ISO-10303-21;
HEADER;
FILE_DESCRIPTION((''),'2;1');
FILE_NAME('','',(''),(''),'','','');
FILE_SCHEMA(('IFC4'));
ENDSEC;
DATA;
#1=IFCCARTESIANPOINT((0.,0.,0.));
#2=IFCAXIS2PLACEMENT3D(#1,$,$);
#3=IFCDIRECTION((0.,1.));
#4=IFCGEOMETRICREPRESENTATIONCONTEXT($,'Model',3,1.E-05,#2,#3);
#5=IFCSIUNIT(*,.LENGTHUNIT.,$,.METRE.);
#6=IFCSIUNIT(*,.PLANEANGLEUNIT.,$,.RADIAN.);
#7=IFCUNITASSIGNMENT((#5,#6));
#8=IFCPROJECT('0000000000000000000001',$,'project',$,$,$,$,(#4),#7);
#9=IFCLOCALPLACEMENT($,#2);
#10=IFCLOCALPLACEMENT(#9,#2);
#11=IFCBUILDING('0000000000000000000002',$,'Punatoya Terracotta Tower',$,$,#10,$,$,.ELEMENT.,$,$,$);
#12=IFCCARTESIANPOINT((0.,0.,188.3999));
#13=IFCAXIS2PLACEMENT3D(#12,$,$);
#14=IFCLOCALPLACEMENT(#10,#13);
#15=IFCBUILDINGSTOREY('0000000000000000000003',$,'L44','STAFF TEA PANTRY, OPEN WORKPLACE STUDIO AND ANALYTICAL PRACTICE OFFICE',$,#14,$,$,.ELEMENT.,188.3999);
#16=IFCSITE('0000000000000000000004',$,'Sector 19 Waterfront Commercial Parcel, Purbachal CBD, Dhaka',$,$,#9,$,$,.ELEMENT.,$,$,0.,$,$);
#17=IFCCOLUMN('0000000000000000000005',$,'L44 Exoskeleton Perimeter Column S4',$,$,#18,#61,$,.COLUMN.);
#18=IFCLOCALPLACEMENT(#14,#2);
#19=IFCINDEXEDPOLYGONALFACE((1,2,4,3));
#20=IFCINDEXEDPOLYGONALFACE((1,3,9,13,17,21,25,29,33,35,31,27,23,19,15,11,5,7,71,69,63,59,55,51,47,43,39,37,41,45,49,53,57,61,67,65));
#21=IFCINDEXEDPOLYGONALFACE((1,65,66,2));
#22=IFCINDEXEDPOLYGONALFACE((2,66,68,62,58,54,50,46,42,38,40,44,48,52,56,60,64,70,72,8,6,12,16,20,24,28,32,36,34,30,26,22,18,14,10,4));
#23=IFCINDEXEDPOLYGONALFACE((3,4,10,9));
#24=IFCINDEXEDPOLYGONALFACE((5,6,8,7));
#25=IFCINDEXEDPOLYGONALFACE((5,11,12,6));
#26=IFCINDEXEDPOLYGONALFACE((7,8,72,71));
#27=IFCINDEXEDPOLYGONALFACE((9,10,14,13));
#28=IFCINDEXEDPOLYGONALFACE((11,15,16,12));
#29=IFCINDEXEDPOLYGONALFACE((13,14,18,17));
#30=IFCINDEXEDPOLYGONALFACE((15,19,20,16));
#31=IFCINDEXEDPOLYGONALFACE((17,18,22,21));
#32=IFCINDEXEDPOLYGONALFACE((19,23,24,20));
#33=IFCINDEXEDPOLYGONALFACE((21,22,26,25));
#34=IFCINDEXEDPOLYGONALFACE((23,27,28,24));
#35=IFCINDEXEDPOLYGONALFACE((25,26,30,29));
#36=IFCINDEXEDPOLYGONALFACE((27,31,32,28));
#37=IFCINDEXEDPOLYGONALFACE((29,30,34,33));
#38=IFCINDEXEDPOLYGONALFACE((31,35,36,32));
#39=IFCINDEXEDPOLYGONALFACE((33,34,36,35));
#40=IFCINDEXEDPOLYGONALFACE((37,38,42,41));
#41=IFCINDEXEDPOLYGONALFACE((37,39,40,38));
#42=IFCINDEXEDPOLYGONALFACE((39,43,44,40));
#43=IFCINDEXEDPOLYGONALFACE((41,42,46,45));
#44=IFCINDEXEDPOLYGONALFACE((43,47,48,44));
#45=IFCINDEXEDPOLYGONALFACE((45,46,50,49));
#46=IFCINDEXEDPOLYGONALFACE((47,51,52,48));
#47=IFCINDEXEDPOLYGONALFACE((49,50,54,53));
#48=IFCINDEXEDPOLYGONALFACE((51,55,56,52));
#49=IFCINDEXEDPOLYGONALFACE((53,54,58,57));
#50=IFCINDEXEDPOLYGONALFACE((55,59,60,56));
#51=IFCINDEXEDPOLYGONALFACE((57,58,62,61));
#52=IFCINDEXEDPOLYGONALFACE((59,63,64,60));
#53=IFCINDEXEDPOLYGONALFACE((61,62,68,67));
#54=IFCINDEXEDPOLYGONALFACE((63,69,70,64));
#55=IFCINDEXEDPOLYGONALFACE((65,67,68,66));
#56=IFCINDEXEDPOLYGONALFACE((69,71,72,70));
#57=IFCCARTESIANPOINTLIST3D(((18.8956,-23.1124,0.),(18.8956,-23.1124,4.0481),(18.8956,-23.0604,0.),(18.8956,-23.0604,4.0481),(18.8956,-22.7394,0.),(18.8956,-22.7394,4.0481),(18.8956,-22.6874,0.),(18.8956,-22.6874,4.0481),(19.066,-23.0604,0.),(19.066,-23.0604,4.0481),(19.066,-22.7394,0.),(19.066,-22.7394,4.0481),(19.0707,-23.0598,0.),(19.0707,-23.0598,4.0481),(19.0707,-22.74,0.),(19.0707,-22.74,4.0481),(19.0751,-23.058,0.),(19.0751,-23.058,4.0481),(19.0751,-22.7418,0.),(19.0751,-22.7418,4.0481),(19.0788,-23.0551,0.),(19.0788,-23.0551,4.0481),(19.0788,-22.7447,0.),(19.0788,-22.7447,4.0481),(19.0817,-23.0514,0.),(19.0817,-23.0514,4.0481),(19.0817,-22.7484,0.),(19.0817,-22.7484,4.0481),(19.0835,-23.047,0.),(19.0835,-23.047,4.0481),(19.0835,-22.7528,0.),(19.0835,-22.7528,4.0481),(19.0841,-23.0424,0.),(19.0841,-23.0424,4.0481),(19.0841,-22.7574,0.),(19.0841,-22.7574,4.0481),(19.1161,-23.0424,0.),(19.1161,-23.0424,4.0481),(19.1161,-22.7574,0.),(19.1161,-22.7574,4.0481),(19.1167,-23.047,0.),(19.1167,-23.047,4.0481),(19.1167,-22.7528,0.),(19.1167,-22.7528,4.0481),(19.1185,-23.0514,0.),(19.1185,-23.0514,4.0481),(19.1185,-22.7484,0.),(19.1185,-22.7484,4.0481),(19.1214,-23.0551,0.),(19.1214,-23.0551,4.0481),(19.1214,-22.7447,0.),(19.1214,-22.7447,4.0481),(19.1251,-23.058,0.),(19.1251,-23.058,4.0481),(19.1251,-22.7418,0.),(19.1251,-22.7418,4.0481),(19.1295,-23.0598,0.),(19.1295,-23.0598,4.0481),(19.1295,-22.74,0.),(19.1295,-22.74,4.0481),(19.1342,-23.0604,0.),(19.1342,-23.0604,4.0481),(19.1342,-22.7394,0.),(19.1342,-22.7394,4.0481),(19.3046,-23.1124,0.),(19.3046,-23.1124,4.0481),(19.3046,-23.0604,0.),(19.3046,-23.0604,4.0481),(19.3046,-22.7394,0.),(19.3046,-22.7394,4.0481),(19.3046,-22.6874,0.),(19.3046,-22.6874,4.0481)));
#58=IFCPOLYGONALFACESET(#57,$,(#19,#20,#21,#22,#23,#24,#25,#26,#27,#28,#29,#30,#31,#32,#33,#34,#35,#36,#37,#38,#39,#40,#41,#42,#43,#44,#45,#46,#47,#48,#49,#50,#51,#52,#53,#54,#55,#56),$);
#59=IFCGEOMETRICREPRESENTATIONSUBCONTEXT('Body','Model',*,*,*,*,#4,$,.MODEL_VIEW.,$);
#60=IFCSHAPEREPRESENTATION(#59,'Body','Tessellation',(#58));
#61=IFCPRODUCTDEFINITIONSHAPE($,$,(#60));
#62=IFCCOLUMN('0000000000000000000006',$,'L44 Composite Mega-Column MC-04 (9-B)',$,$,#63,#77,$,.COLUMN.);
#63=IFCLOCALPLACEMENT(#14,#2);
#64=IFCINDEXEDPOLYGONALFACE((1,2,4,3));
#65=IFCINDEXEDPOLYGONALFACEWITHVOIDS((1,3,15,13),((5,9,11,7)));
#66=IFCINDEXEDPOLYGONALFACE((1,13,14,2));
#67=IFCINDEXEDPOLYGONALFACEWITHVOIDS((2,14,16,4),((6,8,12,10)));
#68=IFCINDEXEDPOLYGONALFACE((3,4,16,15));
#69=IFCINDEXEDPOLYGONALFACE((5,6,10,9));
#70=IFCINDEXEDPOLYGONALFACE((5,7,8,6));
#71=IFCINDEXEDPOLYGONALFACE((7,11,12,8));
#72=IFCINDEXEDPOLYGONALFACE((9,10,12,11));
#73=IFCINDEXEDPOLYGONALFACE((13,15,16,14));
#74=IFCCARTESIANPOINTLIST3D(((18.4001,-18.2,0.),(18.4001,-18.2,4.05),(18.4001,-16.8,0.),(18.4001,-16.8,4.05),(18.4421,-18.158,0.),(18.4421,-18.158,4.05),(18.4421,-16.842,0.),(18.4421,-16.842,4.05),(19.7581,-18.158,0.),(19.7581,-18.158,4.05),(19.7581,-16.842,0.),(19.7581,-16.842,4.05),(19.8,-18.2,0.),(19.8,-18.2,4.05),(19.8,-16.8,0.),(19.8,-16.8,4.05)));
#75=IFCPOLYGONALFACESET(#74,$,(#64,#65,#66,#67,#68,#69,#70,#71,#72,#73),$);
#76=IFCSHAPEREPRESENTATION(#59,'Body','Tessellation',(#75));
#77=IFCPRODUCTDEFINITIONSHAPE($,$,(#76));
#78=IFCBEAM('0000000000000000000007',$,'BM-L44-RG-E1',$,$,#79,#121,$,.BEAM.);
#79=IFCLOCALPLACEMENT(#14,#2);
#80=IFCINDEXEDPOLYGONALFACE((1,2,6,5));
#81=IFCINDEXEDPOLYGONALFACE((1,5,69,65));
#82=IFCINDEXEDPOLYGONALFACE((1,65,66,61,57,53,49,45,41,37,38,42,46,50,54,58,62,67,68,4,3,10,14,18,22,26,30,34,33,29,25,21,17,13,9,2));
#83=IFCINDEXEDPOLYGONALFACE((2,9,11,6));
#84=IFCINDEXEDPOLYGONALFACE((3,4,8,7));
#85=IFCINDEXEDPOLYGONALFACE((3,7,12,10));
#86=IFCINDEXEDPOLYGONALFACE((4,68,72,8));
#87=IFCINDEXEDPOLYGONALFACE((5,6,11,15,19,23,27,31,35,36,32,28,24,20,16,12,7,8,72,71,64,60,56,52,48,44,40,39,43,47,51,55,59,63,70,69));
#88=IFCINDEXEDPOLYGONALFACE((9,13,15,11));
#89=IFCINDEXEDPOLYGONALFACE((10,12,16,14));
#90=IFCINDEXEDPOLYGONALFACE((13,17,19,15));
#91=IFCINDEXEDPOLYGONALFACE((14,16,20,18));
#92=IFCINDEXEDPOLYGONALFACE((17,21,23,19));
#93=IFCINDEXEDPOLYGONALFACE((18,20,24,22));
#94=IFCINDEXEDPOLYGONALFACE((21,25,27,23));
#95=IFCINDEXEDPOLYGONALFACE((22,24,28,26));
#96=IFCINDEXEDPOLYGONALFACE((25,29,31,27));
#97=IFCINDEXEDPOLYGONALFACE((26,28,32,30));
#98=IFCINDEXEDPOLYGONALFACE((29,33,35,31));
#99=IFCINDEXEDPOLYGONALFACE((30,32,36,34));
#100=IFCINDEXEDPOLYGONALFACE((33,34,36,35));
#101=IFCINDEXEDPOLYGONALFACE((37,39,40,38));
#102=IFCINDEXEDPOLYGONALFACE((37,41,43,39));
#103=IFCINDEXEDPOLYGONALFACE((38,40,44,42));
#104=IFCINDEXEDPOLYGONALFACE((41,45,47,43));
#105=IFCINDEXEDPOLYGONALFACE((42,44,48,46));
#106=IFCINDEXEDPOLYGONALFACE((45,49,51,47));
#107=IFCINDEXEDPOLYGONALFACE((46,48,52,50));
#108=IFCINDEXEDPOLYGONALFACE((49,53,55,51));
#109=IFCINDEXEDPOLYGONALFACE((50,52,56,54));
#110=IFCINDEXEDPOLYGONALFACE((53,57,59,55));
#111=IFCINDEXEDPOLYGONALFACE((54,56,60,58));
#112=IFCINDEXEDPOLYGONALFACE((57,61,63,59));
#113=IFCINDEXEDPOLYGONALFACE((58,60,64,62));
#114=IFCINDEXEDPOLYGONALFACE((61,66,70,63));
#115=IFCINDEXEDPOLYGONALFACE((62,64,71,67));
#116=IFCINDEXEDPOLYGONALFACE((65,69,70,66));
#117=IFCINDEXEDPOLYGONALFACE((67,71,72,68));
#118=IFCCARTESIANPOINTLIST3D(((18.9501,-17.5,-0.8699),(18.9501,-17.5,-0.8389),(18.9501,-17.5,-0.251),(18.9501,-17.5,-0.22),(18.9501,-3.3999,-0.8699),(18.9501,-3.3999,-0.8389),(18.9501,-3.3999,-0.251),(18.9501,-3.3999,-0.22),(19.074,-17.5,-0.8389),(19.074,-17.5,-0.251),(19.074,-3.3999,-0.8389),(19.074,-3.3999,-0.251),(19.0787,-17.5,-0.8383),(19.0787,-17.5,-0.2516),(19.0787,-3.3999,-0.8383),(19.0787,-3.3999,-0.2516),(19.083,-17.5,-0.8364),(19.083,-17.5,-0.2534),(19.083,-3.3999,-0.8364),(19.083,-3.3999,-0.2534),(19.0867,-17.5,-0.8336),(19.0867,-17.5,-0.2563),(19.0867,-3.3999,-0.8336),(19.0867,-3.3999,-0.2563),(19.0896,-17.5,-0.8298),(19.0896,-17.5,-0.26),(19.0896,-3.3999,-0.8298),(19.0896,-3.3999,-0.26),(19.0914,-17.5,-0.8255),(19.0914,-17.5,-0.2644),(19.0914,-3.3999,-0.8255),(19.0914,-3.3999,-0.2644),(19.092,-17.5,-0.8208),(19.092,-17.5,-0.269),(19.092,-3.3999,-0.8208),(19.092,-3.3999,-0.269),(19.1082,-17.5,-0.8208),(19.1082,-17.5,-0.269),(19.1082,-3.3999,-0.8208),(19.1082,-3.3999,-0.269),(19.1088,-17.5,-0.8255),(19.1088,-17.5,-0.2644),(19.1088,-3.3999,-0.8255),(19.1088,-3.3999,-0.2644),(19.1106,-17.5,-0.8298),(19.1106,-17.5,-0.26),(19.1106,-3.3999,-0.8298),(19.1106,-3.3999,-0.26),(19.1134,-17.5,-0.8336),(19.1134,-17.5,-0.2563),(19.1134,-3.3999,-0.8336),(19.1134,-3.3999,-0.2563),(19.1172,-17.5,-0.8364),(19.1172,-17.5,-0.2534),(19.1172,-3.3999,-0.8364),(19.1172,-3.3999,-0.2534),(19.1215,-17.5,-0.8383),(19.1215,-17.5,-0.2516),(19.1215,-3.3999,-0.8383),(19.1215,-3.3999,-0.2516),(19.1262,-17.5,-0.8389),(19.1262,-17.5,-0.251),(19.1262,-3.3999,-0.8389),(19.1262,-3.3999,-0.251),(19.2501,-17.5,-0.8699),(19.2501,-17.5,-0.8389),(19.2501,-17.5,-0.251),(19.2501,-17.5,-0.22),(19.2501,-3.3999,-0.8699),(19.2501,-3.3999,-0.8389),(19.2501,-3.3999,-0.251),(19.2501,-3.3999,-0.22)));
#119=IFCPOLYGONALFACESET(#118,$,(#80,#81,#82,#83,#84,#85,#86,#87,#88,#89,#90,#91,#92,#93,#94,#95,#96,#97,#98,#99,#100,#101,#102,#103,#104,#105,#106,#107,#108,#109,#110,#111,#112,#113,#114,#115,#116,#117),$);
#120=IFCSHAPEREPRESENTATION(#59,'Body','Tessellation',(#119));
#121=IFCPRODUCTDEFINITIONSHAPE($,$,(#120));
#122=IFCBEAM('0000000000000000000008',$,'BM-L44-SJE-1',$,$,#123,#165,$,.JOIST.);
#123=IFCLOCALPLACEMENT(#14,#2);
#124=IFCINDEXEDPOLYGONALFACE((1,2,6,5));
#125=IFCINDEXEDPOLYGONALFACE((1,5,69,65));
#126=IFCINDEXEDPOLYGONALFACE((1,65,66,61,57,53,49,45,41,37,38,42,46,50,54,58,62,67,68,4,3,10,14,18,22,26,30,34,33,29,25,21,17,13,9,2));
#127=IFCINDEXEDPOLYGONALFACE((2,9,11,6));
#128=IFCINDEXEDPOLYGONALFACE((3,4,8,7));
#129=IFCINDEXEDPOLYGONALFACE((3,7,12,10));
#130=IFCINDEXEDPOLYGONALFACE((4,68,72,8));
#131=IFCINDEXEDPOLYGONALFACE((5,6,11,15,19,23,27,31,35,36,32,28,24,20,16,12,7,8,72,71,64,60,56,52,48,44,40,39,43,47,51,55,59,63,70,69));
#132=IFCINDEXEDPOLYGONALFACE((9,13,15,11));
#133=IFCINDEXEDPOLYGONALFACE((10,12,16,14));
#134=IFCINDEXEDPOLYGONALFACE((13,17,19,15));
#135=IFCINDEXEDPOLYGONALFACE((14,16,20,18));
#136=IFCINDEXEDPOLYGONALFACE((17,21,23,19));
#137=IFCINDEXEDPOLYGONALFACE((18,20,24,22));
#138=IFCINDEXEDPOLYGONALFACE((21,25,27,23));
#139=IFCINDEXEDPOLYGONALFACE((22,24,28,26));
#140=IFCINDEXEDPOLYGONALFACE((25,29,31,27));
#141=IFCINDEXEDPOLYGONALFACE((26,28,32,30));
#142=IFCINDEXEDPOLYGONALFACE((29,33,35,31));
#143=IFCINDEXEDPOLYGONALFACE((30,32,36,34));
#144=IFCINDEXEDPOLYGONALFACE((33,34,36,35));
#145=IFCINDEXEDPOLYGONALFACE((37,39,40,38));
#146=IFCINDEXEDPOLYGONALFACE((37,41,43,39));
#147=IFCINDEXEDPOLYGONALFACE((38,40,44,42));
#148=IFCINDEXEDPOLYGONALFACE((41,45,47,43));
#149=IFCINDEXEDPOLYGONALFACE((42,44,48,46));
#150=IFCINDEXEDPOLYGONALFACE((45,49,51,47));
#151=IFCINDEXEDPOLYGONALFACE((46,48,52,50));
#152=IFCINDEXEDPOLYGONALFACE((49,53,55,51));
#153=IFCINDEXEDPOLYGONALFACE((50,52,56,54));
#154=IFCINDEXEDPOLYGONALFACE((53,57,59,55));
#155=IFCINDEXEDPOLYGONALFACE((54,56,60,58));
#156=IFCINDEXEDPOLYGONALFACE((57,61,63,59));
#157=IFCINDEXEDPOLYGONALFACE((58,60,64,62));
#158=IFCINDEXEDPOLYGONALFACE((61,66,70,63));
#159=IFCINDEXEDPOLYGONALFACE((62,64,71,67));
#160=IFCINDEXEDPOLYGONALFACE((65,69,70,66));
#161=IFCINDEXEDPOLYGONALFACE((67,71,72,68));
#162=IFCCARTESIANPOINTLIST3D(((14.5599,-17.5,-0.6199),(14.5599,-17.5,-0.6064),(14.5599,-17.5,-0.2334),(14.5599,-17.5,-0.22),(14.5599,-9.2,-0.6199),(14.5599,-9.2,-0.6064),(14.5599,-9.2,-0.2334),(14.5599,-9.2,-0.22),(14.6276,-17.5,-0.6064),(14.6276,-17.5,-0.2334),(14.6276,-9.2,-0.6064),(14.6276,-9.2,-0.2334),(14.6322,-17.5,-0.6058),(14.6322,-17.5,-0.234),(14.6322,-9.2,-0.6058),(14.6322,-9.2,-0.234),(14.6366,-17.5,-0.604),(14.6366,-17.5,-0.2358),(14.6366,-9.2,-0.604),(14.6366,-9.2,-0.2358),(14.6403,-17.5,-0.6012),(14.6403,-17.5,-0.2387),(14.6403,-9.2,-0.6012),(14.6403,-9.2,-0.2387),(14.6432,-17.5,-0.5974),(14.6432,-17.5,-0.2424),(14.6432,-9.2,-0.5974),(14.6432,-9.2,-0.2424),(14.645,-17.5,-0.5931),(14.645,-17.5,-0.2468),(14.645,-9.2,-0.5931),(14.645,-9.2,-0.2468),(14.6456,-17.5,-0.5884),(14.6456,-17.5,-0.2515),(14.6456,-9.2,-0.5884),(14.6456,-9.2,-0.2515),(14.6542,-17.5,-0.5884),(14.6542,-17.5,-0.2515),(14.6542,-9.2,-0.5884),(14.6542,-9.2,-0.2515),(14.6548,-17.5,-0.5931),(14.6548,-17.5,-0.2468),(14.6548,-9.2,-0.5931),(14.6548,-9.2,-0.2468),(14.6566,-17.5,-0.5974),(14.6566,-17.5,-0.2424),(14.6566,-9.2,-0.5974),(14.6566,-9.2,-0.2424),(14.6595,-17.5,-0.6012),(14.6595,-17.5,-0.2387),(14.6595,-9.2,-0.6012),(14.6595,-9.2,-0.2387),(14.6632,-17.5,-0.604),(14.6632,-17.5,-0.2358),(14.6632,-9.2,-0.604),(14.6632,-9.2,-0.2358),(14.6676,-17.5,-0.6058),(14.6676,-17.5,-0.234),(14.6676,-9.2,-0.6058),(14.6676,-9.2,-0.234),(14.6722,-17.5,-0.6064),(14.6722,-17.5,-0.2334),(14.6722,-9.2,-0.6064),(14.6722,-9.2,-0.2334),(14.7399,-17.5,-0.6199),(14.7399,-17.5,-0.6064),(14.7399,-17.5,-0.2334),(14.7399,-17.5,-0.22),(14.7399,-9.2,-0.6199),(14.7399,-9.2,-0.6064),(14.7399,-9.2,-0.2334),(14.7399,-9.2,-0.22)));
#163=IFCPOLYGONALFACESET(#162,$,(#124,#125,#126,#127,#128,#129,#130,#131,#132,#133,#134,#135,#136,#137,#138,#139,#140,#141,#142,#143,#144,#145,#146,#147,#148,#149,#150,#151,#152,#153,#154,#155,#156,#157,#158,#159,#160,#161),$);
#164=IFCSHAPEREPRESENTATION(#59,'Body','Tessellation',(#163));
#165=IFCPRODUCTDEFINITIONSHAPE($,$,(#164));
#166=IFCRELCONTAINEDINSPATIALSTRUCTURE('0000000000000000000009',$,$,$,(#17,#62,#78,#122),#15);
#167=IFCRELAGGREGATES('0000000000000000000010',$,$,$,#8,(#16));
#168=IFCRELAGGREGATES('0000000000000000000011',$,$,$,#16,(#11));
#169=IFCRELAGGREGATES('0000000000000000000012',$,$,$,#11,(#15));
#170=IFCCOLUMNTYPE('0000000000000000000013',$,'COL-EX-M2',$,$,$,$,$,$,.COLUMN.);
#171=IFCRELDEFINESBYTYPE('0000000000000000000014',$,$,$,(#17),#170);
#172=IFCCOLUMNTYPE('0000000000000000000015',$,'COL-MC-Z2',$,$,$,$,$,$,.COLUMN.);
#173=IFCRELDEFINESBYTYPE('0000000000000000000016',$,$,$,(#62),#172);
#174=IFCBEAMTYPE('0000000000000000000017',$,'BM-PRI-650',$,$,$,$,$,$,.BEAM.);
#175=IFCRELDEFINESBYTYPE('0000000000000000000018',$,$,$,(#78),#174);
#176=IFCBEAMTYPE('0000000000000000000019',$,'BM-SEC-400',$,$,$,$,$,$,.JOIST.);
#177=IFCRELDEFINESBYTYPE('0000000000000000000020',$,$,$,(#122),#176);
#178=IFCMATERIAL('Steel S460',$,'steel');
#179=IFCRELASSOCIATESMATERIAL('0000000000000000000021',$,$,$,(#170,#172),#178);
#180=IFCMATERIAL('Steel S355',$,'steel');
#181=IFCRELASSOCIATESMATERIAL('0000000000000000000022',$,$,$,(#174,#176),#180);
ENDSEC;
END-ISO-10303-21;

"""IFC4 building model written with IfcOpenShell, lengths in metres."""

from ifc_helpers import new_model, si_unit, direction, frame, origin, origin_2d, place, context, subcontext, project, spatial, hollow_rectangle, i_section, extrude, material, material_profile, profile_set, type_object, element, save


model = new_model("IFC4")

# Units and contexts
model_context = context("Model", 3, precision=1e-05, world=origin(), true_north=direction((0.0, 1.0)))
body_context = subcontext(model_context, "Body", "Model", "MODEL_VIEW")
ifc_project = project(units=[si_unit("LENGTHUNIT", "METRE"), si_unit("PLANEANGLEUNIT", "RADIAN")], contexts=[model_context])

# Site, building, storey
site_placement = place(None, origin())
site = spatial("IfcSite", under=ifc_project, at=site_placement, Name="Sector 19 Waterfront Commercial Parcel, Purbachal CBD, Dhaka", CompositionType="ELEMENT", RefElevation=0.0)
building_placement = place(site_placement, origin())
building = spatial("IfcBuilding", under=site, at=building_placement, Name="Punatoya Terracotta Tower", CompositionType="ELEMENT")
storey_placement = place(building_placement, frame((0.0, 0.0, 188.3999)))
storey = spatial("IfcBuildingStorey", under=building, at=storey_placement, Name="L44", Description="STAFF TEA PANTRY, OPEN WORKPLACE STUDIO AND ANALYTICAL PRACTICE OFFICE", CompositionType="ELEMENT", Elevation=188.3999)

# Columns
ifc_material_1 = material(Name="Steel S460", Category="steel")
ifc_material_profile_1 = material_profile(ifc_material_1, i_section(OverallWidth=0.4089, OverallDepth=0.425, WebThickness=0.032, FlangeThickness=0.052, FilletRadius=0.0181, at=origin_2d()))
ifc_profile_set_1 = profile_set([ifc_material_profile_1], Name="Steel S460")
column_type_1 = type_object("IfcColumnType", Name="COL-EX-M2", PredefinedType="COLUMN", material=ifc_profile_set_1)
column_1_placement = place(storey_placement, frame((19.1001, -22.8999, 0.0), z_axis=(0.0, 0.0, 1.0), x_axis=(1.0, 0.0, 0.0)))
element("IfcColumn", 1, at=column_1_placement, inside=storey, type_object=column_type_1, Name="L44 Exoskeleton Perimeter Column S4", PredefinedType="COLUMN", context=body_context, shape_type="SweptSolid", body=[
    extrude(i_section(OverallWidth=0.4089, OverallDepth=0.425, WebThickness=0.032, FlangeThickness=0.052, FilletRadius=0.0181, at=origin_2d()), origin(), (0.0, 0.0, 1.0), 4.0481),
])
ifc_material_profile_2 = material_profile(ifc_material_1, hollow_rectangle(XDim=1.3999, YDim=1.3999, WallThickness=0.042, at=origin_2d()))
ifc_profile_set_2 = profile_set([ifc_material_profile_2], Name="Steel S460")
column_type_2 = type_object("IfcColumnType", Name="COL-MC-Z2", PredefinedType="COLUMN", material=ifc_profile_set_2)
column_2_placement = place(storey_placement, frame((19.1001, -17.5, 0.0), z_axis=(0.0, 0.0, 1.0), x_axis=(1.0, 0.0, 0.0)))
element("IfcColumn", 2, at=column_2_placement, inside=storey, type_object=column_type_2, Name="L44 Composite Mega-Column MC-04 (9-B)", PredefinedType="COLUMN", context=body_context, shape_type="SweptSolid", body=[
    extrude(hollow_rectangle(XDim=1.3999, YDim=1.3999, WallThickness=0.042, at=origin_2d()), origin(), (0.0, 0.0, 1.0), 4.05),
])

# Beams
ifc_material_2 = material(Name="Steel S355", Category="steel")
ifc_material_profile_3 = material_profile(ifc_material_2, i_section(OverallWidth=0.3, OverallDepth=0.6499, WebThickness=0.0161, FlangeThickness=0.031, FilletRadius=0.0181, at=origin_2d()))
ifc_profile_set_3 = profile_set([ifc_material_profile_3], Name="Steel S355")
beam_type_1 = type_object("IfcBeamType", Name="BM-PRI-650", PredefinedType="BEAM", material=ifc_profile_set_3)
beam_1_placement = place(storey_placement, frame((19.1001, -17.5, -0.5449), z_axis=(0.0, 1.0, 0.0), x_axis=(-1.0, 0.0, 0.0)))
element("IfcBeam", 3, at=beam_1_placement, inside=storey, type_object=beam_type_1, Name="BM-L44-RG-E1", PredefinedType="BEAM", context=body_context, shape_type="SweptSolid", body=[
    extrude(i_section(OverallWidth=0.3, OverallDepth=0.6499, WebThickness=0.0161, FlangeThickness=0.031, FilletRadius=0.0181, at=origin_2d()), origin(), (0.0, 0.0, 1.0), 14.1001),
])
ifc_material_profile_4 = material_profile(ifc_material_2, i_section(OverallWidth=0.1799, OverallDepth=0.3999, WebThickness=0.0085, FlangeThickness=0.0134, FilletRadius=0.0181, at=origin_2d()))
ifc_profile_set_4 = profile_set([ifc_material_profile_4], Name="Steel S355")
beam_type_2 = type_object("IfcBeamType", Name="BM-SEC-400", PredefinedType="JOIST", material=ifc_profile_set_4)
beam_2_placement = place(storey_placement, frame((14.6499, -17.5, -0.4199), z_axis=(0.0, 1.0, 0.0), x_axis=(-1.0, 0.0, 0.0)))
element("IfcBeam", 4, at=beam_2_placement, inside=storey, type_object=beam_type_2, Name="BM-L44-SJE-1", PredefinedType="JOIST", context=body_context, shape_type="SweptSolid", body=[
    extrude(i_section(OverallWidth=0.1799, OverallDepth=0.3999, WebThickness=0.0085, FlangeThickness=0.0134, FilletRadius=0.0181, at=origin_2d()), origin(), (0.0, 0.0, 1.0), 8.3),
])

save(model, "model.ifc")
